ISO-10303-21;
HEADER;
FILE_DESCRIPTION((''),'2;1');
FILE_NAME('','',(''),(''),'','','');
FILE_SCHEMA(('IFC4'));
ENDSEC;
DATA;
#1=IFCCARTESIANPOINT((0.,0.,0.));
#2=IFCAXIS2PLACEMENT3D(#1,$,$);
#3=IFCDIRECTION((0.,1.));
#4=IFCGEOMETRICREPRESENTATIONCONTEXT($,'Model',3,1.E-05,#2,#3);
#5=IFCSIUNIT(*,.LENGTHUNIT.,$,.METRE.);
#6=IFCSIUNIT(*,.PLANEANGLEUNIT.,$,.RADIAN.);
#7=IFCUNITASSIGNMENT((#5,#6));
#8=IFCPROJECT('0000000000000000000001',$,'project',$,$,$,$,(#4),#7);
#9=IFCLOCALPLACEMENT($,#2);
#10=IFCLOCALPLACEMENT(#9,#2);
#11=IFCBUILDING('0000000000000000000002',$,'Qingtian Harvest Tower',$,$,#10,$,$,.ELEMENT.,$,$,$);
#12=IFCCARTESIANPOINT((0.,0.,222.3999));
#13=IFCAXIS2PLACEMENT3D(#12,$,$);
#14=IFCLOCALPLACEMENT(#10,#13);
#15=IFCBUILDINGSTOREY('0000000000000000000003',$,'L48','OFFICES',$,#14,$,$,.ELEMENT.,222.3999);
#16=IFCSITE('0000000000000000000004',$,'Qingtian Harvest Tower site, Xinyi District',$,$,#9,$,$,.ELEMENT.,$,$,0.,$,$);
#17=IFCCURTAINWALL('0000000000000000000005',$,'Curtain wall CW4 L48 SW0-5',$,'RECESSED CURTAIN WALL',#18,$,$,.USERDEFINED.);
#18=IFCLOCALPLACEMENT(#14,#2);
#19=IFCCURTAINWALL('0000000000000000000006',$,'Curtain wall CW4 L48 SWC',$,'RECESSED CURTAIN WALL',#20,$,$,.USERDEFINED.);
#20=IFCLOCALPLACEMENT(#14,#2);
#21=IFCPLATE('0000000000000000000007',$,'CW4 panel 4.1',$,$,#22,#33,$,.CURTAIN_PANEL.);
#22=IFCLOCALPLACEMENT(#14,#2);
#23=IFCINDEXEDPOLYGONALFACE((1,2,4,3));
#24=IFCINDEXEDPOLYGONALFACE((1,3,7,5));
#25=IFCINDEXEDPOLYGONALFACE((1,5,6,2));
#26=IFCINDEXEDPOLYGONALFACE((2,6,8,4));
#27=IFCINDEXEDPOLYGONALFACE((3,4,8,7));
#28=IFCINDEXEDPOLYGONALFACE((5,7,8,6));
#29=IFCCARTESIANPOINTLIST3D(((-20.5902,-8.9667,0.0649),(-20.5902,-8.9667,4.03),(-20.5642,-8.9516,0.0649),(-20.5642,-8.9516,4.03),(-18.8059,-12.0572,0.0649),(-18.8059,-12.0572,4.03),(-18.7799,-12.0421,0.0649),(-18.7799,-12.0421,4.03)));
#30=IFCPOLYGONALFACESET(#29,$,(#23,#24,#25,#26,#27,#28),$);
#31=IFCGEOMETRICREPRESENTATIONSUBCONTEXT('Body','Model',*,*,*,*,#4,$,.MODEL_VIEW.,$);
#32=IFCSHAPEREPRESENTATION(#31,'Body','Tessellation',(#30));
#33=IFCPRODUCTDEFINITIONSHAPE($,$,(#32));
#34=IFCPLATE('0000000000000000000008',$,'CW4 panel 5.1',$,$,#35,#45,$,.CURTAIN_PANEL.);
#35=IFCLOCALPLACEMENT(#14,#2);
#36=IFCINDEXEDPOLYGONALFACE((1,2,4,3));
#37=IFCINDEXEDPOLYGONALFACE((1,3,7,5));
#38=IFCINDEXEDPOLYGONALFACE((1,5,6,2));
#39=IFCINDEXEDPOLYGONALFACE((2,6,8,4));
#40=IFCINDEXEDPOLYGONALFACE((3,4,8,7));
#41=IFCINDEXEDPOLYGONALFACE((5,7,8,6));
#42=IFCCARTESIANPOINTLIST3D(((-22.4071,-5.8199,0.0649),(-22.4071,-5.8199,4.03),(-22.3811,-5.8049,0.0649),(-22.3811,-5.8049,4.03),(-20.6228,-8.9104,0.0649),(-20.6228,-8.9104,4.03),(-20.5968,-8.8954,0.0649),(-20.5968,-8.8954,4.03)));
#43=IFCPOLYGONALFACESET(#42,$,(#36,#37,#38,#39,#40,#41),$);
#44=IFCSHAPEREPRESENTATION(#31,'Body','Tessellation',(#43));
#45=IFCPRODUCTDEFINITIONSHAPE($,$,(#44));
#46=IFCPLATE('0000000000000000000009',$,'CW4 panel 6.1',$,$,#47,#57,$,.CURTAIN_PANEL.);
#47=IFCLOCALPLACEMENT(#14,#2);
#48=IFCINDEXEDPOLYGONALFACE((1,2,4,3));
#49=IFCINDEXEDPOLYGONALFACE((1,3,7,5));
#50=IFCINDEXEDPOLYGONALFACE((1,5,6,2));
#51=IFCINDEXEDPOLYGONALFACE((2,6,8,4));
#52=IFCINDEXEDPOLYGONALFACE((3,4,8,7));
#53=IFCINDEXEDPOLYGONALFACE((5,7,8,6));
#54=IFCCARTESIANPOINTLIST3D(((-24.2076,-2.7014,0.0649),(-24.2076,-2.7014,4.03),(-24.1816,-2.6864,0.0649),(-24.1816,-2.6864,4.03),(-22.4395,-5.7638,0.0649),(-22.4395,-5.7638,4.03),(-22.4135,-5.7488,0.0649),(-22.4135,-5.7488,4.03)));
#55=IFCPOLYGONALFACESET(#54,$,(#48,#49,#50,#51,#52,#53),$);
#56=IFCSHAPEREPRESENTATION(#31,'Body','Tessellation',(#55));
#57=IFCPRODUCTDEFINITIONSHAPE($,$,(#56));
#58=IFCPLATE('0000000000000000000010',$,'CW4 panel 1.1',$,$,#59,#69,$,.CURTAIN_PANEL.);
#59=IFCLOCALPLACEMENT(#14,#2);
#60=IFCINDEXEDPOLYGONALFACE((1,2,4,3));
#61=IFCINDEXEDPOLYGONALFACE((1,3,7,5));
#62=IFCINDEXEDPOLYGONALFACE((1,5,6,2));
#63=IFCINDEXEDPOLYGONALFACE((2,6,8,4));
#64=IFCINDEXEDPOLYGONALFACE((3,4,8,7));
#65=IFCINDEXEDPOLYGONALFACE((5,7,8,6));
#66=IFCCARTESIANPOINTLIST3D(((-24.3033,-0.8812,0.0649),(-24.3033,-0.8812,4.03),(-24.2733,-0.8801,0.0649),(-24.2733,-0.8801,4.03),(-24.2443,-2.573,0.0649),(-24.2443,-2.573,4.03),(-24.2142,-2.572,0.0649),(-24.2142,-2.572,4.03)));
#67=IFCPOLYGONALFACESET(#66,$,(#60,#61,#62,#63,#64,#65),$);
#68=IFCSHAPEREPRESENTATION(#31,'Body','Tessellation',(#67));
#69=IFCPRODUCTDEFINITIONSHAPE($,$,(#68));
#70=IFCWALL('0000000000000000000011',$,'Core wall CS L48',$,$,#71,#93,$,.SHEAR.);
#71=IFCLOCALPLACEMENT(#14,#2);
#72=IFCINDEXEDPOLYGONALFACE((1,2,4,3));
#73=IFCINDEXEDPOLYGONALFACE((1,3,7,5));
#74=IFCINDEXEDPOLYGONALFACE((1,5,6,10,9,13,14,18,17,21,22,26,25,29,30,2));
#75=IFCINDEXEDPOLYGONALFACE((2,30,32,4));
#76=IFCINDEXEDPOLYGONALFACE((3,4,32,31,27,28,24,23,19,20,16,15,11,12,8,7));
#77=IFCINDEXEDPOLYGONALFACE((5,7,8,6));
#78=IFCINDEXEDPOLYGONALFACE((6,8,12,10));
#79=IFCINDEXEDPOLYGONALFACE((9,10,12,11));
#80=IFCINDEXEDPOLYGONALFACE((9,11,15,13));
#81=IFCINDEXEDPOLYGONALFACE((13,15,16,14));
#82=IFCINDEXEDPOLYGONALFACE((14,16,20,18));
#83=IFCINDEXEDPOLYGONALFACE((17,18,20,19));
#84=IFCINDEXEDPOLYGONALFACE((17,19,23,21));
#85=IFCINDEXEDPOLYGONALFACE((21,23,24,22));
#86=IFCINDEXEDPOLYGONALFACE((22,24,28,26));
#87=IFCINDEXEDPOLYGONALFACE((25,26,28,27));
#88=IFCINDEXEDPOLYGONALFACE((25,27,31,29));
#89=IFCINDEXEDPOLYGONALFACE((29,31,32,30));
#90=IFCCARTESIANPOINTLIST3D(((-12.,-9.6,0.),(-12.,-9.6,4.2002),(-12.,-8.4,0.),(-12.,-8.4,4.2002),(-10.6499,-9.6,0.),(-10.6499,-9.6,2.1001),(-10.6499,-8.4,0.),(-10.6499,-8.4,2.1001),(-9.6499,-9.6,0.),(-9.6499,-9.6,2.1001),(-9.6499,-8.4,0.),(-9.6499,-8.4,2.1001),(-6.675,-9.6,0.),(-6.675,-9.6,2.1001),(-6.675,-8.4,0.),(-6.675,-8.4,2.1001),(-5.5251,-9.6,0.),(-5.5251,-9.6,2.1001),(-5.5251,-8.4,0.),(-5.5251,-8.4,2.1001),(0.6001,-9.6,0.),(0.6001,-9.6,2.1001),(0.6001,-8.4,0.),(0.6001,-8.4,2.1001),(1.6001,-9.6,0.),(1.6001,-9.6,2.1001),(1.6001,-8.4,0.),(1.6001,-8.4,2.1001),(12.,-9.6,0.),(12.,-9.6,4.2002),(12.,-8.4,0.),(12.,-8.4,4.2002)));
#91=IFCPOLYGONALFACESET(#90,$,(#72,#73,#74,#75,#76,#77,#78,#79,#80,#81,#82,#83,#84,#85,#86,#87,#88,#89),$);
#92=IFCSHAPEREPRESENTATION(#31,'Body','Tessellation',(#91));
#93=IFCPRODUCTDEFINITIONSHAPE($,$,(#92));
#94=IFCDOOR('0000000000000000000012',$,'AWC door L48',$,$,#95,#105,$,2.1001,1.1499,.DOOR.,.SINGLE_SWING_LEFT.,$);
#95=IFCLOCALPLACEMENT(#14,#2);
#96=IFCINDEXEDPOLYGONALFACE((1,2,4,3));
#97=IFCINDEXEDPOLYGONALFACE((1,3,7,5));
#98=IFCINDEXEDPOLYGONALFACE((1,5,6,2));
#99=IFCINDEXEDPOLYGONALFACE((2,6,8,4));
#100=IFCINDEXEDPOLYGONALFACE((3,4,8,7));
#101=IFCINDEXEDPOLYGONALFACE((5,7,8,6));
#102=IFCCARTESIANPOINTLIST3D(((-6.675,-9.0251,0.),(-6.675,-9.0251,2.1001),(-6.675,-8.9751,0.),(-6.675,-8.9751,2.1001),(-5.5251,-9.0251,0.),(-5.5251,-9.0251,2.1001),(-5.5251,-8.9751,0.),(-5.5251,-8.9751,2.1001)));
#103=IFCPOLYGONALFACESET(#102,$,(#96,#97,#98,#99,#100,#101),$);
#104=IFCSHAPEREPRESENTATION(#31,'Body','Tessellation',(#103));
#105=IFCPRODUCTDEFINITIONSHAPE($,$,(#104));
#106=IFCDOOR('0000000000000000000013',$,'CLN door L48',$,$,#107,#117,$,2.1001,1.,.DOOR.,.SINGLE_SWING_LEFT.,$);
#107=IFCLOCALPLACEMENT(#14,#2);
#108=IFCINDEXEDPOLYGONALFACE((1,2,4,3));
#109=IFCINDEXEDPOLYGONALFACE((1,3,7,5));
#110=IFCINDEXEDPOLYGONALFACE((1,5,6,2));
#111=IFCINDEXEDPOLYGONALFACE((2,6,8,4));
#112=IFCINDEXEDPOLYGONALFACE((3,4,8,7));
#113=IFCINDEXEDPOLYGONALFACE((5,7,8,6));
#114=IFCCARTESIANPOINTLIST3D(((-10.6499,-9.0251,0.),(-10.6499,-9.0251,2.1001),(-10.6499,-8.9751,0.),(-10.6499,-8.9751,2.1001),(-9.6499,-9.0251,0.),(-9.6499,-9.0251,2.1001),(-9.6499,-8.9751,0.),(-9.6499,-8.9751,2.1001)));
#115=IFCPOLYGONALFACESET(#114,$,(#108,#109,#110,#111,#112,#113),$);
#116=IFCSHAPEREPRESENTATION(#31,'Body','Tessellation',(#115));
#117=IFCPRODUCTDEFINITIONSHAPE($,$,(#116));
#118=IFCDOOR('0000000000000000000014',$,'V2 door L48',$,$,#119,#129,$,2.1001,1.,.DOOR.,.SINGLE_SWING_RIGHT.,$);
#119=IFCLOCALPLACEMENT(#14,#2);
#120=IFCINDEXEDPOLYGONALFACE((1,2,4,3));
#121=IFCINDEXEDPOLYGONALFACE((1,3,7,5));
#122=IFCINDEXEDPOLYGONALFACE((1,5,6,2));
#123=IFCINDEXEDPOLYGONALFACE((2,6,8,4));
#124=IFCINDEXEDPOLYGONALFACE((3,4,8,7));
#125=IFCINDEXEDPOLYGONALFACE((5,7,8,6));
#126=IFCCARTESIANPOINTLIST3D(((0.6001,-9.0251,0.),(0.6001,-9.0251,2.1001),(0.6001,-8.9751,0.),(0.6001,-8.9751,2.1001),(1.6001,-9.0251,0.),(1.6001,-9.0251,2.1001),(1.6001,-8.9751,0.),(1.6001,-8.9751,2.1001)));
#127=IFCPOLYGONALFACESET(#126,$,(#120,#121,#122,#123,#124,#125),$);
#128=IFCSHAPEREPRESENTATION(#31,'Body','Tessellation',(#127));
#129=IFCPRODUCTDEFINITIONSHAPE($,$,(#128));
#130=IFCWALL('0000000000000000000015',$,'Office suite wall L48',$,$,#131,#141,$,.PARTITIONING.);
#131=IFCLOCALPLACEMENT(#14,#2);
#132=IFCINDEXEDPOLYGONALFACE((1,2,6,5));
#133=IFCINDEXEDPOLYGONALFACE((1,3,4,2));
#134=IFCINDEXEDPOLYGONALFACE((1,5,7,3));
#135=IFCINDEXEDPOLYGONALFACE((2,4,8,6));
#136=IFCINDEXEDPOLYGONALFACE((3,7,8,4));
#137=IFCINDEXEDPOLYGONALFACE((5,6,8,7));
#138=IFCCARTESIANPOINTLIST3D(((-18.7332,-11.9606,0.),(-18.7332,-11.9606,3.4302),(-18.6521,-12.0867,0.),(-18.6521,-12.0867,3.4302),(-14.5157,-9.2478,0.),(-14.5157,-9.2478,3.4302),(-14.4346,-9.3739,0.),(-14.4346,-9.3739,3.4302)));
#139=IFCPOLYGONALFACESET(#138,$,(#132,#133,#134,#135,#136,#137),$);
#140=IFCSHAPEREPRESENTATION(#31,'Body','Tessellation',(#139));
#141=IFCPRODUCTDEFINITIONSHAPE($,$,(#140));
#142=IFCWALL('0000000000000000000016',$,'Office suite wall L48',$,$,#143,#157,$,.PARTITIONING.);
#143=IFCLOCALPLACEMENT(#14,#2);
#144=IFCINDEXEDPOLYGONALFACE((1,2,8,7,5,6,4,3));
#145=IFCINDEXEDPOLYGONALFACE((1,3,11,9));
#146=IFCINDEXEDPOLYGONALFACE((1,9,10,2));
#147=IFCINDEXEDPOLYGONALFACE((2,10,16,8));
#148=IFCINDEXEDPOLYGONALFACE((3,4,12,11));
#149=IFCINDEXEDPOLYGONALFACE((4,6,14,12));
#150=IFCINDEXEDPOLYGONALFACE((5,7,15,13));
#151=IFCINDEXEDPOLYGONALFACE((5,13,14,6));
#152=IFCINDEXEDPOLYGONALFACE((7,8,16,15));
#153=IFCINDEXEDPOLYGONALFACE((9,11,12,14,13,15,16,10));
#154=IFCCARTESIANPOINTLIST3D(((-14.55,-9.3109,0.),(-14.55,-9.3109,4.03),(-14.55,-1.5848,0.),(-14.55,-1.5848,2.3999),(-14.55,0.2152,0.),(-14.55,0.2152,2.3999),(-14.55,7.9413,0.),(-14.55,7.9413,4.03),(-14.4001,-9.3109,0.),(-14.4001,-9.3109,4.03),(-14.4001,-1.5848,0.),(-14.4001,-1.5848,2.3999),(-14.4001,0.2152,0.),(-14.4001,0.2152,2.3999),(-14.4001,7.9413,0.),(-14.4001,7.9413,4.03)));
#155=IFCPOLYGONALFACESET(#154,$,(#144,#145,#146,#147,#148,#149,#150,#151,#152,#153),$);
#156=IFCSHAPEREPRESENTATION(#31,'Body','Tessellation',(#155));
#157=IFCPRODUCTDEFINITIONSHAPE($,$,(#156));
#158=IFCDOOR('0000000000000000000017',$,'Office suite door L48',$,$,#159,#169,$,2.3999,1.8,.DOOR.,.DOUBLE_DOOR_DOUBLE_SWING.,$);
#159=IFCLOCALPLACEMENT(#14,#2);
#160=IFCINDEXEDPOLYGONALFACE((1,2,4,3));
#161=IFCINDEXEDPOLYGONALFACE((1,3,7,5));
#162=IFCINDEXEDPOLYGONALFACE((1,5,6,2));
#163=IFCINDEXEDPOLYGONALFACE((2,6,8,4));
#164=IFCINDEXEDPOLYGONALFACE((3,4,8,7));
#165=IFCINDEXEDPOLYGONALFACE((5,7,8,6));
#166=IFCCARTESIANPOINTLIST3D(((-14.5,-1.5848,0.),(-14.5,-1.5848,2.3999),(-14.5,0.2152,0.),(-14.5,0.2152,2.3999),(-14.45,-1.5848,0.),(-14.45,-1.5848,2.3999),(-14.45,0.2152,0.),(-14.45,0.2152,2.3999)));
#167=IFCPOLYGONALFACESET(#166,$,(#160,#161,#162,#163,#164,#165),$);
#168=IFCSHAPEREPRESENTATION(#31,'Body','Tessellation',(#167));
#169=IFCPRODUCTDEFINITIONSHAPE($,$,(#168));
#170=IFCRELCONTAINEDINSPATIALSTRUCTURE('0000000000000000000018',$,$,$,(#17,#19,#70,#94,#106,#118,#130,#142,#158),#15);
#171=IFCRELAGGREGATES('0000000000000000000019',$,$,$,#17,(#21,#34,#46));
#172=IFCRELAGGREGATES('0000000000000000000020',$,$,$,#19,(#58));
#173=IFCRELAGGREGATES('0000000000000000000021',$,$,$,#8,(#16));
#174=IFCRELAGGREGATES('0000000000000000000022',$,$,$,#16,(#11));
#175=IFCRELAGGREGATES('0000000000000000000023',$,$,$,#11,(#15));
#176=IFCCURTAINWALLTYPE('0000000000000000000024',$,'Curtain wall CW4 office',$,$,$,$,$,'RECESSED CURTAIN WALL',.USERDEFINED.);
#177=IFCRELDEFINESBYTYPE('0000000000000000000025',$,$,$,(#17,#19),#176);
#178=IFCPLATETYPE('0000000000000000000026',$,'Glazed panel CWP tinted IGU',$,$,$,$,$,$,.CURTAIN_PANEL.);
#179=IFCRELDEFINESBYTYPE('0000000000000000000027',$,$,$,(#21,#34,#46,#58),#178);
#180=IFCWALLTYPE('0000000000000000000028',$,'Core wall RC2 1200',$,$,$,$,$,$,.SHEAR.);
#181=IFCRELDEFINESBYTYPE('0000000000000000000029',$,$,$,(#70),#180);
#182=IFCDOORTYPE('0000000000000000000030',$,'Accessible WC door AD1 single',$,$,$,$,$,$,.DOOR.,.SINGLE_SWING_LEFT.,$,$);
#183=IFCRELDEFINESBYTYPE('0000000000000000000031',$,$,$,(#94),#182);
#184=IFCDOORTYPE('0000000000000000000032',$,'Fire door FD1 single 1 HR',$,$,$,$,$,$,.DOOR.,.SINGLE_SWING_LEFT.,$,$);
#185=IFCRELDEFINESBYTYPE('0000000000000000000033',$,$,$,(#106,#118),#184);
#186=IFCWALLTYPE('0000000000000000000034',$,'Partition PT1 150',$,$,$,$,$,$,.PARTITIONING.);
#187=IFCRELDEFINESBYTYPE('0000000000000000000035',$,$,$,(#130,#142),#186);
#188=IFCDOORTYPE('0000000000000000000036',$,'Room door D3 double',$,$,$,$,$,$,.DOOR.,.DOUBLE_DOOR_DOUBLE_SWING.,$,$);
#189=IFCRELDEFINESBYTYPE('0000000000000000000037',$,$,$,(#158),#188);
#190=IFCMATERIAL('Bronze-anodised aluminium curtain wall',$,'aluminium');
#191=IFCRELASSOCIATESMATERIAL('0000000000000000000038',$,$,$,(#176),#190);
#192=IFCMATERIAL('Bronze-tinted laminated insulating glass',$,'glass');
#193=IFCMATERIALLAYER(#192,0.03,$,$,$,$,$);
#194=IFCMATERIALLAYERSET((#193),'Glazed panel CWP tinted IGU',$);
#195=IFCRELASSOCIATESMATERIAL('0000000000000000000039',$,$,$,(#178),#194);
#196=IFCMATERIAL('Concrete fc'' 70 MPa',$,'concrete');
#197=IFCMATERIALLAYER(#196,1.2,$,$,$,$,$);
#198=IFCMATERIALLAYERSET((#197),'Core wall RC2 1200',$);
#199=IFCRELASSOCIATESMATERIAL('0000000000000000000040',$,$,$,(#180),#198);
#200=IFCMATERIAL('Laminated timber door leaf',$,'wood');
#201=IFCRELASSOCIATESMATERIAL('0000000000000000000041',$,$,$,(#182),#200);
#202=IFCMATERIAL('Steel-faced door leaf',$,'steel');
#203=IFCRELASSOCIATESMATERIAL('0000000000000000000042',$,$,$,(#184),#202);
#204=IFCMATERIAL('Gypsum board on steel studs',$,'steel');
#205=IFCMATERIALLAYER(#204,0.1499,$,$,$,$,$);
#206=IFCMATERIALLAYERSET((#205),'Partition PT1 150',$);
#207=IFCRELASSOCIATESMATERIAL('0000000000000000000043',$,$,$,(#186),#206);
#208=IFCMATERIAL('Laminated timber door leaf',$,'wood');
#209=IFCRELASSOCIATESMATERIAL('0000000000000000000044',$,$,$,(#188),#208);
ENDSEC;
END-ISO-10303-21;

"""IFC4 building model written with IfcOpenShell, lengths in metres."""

from ifc_helpers import new_model, si_unit, direction, frame, frame_2d, origin, origin_2d, place, context, subcontext, project, spatial, rectangle, extrude, material, layer, layer_set, type_object, element, fill, aggregate, save


model = new_model("IFC4")

# Units and contexts
model_context = context("Model", 3, precision=1e-05, world=origin(), true_north=direction((0.0, 1.0)))
body_context = subcontext(model_context, "Body", "Model", "MODEL_VIEW")
ifc_project = project(units=[si_unit("LENGTHUNIT", "METRE"), si_unit("PLANEANGLEUNIT", "RADIAN")], contexts=[model_context])

# Site, building, storey
site_placement = place(None, origin())
site = spatial("IfcSite", under=ifc_project, at=site_placement, Name="Qingtian Harvest Tower site, Xinyi District", CompositionType="ELEMENT", RefElevation=0.0)
building_placement = place(site_placement, origin())
building = spatial("IfcBuilding", under=site, at=building_placement, Name="Qingtian Harvest Tower", CompositionType="ELEMENT")
storey_placement = place(building_placement, frame((0.0, 0.0, 222.3999)))
storey = spatial("IfcBuildingStorey", under=building, at=storey_placement, Name="L48", Description="OFFICES", CompositionType="ELEMENT", Elevation=222.3999)

# Curtain walls
ifc_material_1 = material(Name="Bronze-anodised aluminium curtain wall", Category="aluminium")
curtain_wall_type = type_object("IfcCurtainWallType", Name="Curtain wall CW4 office", ElementType="RECESSED CURTAIN WALL", PredefinedType="USERDEFINED", material=ifc_material_1)
curtain_wall_1_placement = place(storey_placement, origin())
curtain_wall_1 = element("IfcCurtainWall", 1, at=curtain_wall_1_placement, inside=storey, type_object=curtain_wall_type, Name="Curtain wall CW4 L48 SW0-5", ObjectType="RECESSED CURTAIN WALL", PredefinedType="USERDEFINED")
curtain_wall_2_placement = place(storey_placement, origin())
curtain_wall_2 = element("IfcCurtainWall", 2, at=curtain_wall_2_placement, inside=storey, type_object=curtain_wall_type, Name="Curtain wall CW4 L48 SWC", ObjectType="RECESSED CURTAIN WALL", PredefinedType="USERDEFINED")

# Plates
ifc_material_2 = material(Name="Bronze-tinted laminated insulating glass", Category="glass")
ifc_layer_1 = layer(ifc_material_2, 0.03)
ifc_layer_set_1 = layer_set([ifc_layer_1], Name="Glazed panel CWP tinted IGU")
plate_type = type_object("IfcPlateType", Name="Glazed panel CWP tinted IGU", PredefinedType="CURTAIN_PANEL", material=ifc_layer_set_1)
plate_1_placement = place(storey_placement, frame((-19.6851, -10.5044, 0.0649), z_axis=(0.0, 0.0, 1.0), x_axis=(-0.5, 0.866025, 0.0)))
plate_1 = element("IfcPlate", 3, at=plate_1_placement, type_object=plate_type, Name="CW4 panel 4.1", PredefinedType="CURTAIN_PANEL", context=body_context, shape_type="SweptSolid", body=[
    extrude(rectangle(XDim=3.5686, YDim=0.03, at=origin_2d()), origin(), (0.0, 0.0, 1.0), 3.9651),
])
plate_2_placement = place(storey_placement, frame((-21.502, -7.3577, 0.0649), z_axis=(0.0, 0.0, 1.0), x_axis=(-0.5, 0.866025, 0.0)))
plate_2 = element("IfcPlate", 4, at=plate_2_placement, type_object=plate_type, Name="CW4 panel 5.1", PredefinedType="CURTAIN_PANEL", context=body_context, shape_type="SweptSolid", body=[
    extrude(rectangle(XDim=3.5686, YDim=0.03, at=origin_2d()), origin(), (0.0, 0.0, 1.0), 3.9651),
])
plate_3_placement = place(storey_placement, frame((-23.3105, -4.2251, 0.0649), z_axis=(0.0, 0.0, 1.0), x_axis=(-0.5, 0.866025, 0.0)))
plate_3 = element("IfcPlate", 5, at=plate_3_placement, type_object=plate_type, Name="CW4 panel 6.1", PredefinedType="CURTAIN_PANEL", context=body_context, shape_type="SweptSolid", body=[
    extrude(rectangle(XDim=3.5361, YDim=0.03, at=origin_2d()), origin(), (0.0, 0.0, 1.0), 3.9651),
])
aggregate(curtain_wall_1, [plate_1, plate_2, plate_3])
plate_4_placement = place(storey_placement, frame((-24.2588, -1.7266, 0.0649), z_axis=(0.0, 0.0, 1.0), x_axis=(-0.034899, 0.999391, 0.0)))
plate_4 = element("IfcPlate", 6, at=plate_4_placement, type_object=plate_type, Name="CW4 panel 1.1", PredefinedType="CURTAIN_PANEL", context=body_context, shape_type="SweptSolid", body=[
    extrude(rectangle(XDim=1.6929, YDim=0.03, at=origin_2d()), origin(), (0.0, 0.0, 1.0), 3.9651),
])
aggregate(curtain_wall_2, [plate_4])

# Wall, openings, doors
ifc_material_3 = material(Name="Concrete fc' 70 MPa", Category="concrete")
ifc_layer_2 = layer(ifc_material_3, 1.2)
ifc_layer_set_2 = layer_set([ifc_layer_2], Name="Core wall RC2 1200")
wall_type_1 = type_object("IfcWallType", Name="Core wall RC2 1200", PredefinedType="SHEAR", material=ifc_layer_set_2)
wall_1_placement = place(storey_placement, frame((-12.0, -9.0, 0.0), z_axis=(0.0, 0.0, 1.0), x_axis=(1.0, 0.0, 0.0)))
wall_1 = element("IfcWall", 7, at=wall_1_placement, inside=storey, type_object=wall_type_1, Name="Core wall CS L48", PredefinedType="SHEAR", context=body_context, shape_type="SweptSolid", body=[
    extrude(rectangle(XDim=24.0, YDim=1.2, at=frame_2d((12.0, 0.0))), origin(), (0.0, 0.0, 1.0), 4.2002),
])
opening_1_placement = place(wall_1_placement, frame((1.3501, 0.0, 0.0)))
opening_1 = element("IfcOpeningElement", 8, at=opening_1_placement, cuts=wall_1, PredefinedType="OPENING", context=body_context, shape_type="SweptSolid", body=[
    extrude(rectangle(XDim=1.0, YDim=2.1001, at=frame_2d((0.5, 1.05))), frame((0.0, 0.6099, 0.0), z_axis=(0.0, -1.0, 0.0), x_axis=(1.0, 0.0, 0.0)), (0.0, 0.0, 1.0), 1.22),
])
opening_2_placement = place(wall_1_placement, frame((5.325, 0.0, 0.0)))
opening_2 = element("IfcOpeningElement", 9, at=opening_2_placement, cuts=wall_1, PredefinedType="OPENING", context=body_context, shape_type="SweptSolid", body=[
    extrude(rectangle(XDim=1.1499, YDim=2.1001, at=frame_2d((0.575, 1.05))), frame((0.0, 0.6099, 0.0), z_axis=(0.0, -1.0, 0.0), x_axis=(1.0, 0.0, 0.0)), (0.0, 0.0, 1.0), 1.22),
])
opening_3_placement = place(wall_1_placement, frame((12.6001, 0.0, 0.0)))
opening_3 = element("IfcOpeningElement", 10, at=opening_3_placement, cuts=wall_1, PredefinedType="OPENING", context=body_context, shape_type="SweptSolid", body=[
    extrude(rectangle(XDim=1.0, YDim=2.1001, at=frame_2d((0.5, 1.05))), frame((0.0, 0.6099, 0.0), z_axis=(0.0, -1.0, 0.0), x_axis=(1.0, 0.0, 0.0)), (0.0, 0.0, 1.0), 1.22),
])
ifc_material_4 = material(Name="Laminated timber door leaf", Category="wood")
door_type_1 = type_object("IfcDoorType", Name="Accessible WC door AD1 single", OperationType="SINGLE_SWING_LEFT", PredefinedType="DOOR", material=ifc_material_4)
door_1_placement = place(opening_2_placement, origin())
door_1 = element("IfcDoor", 11, at=door_1_placement, inside=storey, type_object=door_type_1, Name="AWC door L48", OperationType="SINGLE_SWING_LEFT", OverallHeight=2.1001, OverallWidth=1.1499, PredefinedType="DOOR", context=body_context, shape_type="SweptSolid", body=[
    extrude(rectangle(XDim=1.1499, YDim=2.1001, at=frame_2d((0.575, 1.05))), frame((0.0, 0.0249, 0.0), z_axis=(0.0, -1.0, 0.0), x_axis=(1.0, 0.0, 0.0)), (0.0, 0.0, 1.0), 0.05),
])
fill(opening_2, door_1)
ifc_material_5 = material(Name="Steel-faced door leaf", Category="steel")
door_type_2 = type_object("IfcDoorType", Name="Fire door FD1 single 1 HR", OperationType="SINGLE_SWING_LEFT", PredefinedType="DOOR", material=ifc_material_5)
door_2_placement = place(opening_1_placement, origin())
door_2 = element("IfcDoor", 12, at=door_2_placement, inside=storey, type_object=door_type_2, Name="CLN door L48", OperationType="SINGLE_SWING_LEFT", OverallHeight=2.1001, OverallWidth=1.0, PredefinedType="DOOR", context=body_context, shape_type="SweptSolid", body=[
    extrude(rectangle(XDim=1.0, YDim=2.1001, at=frame_2d((0.5, 1.05))), frame((0.0, 0.0249, 0.0), z_axis=(0.0, -1.0, 0.0), x_axis=(1.0, 0.0, 0.0)), (0.0, 0.0, 1.0), 0.05),
])
fill(opening_1, door_2)
door_3_placement = place(opening_3_placement, origin())
door_3 = element("IfcDoor", 13, at=door_3_placement, inside=storey, type_object=door_type_2, Name="V2 door L48", OperationType="SINGLE_SWING_RIGHT", OverallHeight=2.1001, OverallWidth=1.0, PredefinedType="DOOR", context=body_context, shape_type="SweptSolid", body=[
    extrude(rectangle(XDim=1.0, YDim=2.1001, at=frame_2d((0.5, 1.05))), frame((0.0, 0.0249, 0.0), z_axis=(0.0, -1.0, 0.0), x_axis=(1.0, 0.0, 0.0)), (0.0, 0.0, 1.0), 0.05),
])
fill(opening_3, door_3)

# Wall
ifc_material_6 = material(Name="Gypsum board on steel studs", Category="steel")
ifc_layer_3 = layer(ifc_material_6, 0.1499)
ifc_layer_set_3 = layer_set([ifc_layer_3], Name="Partition PT1 150")
wall_type_2 = type_object("IfcWallType", Name="Partition PT1 150", PredefinedType="PARTITIONING", material=ifc_layer_set_3)
wall_2_placement = place(storey_placement, frame((-18.6926, -12.0237, 0.0), z_axis=(0.0, 0.0, 1.0), x_axis=(0.841031, 0.540986, 0.0)))
element("IfcWall", 14, at=wall_2_placement, inside=storey, type_object=wall_type_2, Name="Office suite wall L48", PredefinedType="PARTITIONING", context=body_context, shape_type="SweptSolid", body=[
    extrude(rectangle(XDim=5.0146, YDim=0.1499, at=frame_2d((2.5073, 0.0))), origin(), (0.0, 0.0, 1.0), 3.4302),
])

# Wall, opening, door
wall_3_placement = place(storey_placement, frame((-14.4751, -9.3108, 0.0), z_axis=(0.0, 0.0, 1.0), x_axis=(0.0, 1.0, 0.0)))
wall_3 = element("IfcWall", 15, at=wall_3_placement, inside=storey, type_object=wall_type_2, Name="Office suite wall L48", PredefinedType="PARTITIONING", context=body_context, shape_type="SweptSolid", body=[
    extrude(rectangle(XDim=17.2522, YDim=0.1499, at=frame_2d((8.626, 0.0))), origin(), (0.0, 0.0, 1.0), 4.03),
])
opening_4_placement = place(wall_3_placement, frame((7.7261, 0.0, 0.0)))
opening_4 = element("IfcOpeningElement", 16, at=opening_4_placement, cuts=wall_3, PredefinedType="OPENING", context=body_context, shape_type="SweptSolid", body=[
    extrude(rectangle(XDim=1.8, YDim=2.3999, at=frame_2d((0.8999, 1.2))), frame((0.0, 0.085, 0.0), z_axis=(0.0, -1.0, 0.0), x_axis=(1.0, 0.0, 0.0)), (0.0, 0.0, 1.0), 0.1699),
])
ifc_material_7 = material(Name="Laminated timber door leaf", Category="wood")
door_type_3 = type_object("IfcDoorType", Name="Room door D3 double", OperationType="DOUBLE_DOOR_DOUBLE_SWING", PredefinedType="DOOR", material=ifc_material_7)
door_4_placement = place(opening_4_placement, origin())
door_4 = element("IfcDoor", 17, at=door_4_placement, inside=storey, type_object=door_type_3, Name="Office suite door L48", OperationType="DOUBLE_DOOR_DOUBLE_SWING", OverallHeight=2.3999, OverallWidth=1.8, PredefinedType="DOOR", context=body_context, shape_type="SweptSolid", body=[
    extrude(rectangle(XDim=1.8, YDim=2.3999, at=frame_2d((0.8999, 1.2))), frame((0.0, 0.0249, 0.0), z_axis=(0.0, -1.0, 0.0), x_axis=(1.0, 0.0, 0.0)), (0.0, 0.0, 1.0), 0.05),
])
fill(opening_4, door_4)

save(model, "model.ifc")
